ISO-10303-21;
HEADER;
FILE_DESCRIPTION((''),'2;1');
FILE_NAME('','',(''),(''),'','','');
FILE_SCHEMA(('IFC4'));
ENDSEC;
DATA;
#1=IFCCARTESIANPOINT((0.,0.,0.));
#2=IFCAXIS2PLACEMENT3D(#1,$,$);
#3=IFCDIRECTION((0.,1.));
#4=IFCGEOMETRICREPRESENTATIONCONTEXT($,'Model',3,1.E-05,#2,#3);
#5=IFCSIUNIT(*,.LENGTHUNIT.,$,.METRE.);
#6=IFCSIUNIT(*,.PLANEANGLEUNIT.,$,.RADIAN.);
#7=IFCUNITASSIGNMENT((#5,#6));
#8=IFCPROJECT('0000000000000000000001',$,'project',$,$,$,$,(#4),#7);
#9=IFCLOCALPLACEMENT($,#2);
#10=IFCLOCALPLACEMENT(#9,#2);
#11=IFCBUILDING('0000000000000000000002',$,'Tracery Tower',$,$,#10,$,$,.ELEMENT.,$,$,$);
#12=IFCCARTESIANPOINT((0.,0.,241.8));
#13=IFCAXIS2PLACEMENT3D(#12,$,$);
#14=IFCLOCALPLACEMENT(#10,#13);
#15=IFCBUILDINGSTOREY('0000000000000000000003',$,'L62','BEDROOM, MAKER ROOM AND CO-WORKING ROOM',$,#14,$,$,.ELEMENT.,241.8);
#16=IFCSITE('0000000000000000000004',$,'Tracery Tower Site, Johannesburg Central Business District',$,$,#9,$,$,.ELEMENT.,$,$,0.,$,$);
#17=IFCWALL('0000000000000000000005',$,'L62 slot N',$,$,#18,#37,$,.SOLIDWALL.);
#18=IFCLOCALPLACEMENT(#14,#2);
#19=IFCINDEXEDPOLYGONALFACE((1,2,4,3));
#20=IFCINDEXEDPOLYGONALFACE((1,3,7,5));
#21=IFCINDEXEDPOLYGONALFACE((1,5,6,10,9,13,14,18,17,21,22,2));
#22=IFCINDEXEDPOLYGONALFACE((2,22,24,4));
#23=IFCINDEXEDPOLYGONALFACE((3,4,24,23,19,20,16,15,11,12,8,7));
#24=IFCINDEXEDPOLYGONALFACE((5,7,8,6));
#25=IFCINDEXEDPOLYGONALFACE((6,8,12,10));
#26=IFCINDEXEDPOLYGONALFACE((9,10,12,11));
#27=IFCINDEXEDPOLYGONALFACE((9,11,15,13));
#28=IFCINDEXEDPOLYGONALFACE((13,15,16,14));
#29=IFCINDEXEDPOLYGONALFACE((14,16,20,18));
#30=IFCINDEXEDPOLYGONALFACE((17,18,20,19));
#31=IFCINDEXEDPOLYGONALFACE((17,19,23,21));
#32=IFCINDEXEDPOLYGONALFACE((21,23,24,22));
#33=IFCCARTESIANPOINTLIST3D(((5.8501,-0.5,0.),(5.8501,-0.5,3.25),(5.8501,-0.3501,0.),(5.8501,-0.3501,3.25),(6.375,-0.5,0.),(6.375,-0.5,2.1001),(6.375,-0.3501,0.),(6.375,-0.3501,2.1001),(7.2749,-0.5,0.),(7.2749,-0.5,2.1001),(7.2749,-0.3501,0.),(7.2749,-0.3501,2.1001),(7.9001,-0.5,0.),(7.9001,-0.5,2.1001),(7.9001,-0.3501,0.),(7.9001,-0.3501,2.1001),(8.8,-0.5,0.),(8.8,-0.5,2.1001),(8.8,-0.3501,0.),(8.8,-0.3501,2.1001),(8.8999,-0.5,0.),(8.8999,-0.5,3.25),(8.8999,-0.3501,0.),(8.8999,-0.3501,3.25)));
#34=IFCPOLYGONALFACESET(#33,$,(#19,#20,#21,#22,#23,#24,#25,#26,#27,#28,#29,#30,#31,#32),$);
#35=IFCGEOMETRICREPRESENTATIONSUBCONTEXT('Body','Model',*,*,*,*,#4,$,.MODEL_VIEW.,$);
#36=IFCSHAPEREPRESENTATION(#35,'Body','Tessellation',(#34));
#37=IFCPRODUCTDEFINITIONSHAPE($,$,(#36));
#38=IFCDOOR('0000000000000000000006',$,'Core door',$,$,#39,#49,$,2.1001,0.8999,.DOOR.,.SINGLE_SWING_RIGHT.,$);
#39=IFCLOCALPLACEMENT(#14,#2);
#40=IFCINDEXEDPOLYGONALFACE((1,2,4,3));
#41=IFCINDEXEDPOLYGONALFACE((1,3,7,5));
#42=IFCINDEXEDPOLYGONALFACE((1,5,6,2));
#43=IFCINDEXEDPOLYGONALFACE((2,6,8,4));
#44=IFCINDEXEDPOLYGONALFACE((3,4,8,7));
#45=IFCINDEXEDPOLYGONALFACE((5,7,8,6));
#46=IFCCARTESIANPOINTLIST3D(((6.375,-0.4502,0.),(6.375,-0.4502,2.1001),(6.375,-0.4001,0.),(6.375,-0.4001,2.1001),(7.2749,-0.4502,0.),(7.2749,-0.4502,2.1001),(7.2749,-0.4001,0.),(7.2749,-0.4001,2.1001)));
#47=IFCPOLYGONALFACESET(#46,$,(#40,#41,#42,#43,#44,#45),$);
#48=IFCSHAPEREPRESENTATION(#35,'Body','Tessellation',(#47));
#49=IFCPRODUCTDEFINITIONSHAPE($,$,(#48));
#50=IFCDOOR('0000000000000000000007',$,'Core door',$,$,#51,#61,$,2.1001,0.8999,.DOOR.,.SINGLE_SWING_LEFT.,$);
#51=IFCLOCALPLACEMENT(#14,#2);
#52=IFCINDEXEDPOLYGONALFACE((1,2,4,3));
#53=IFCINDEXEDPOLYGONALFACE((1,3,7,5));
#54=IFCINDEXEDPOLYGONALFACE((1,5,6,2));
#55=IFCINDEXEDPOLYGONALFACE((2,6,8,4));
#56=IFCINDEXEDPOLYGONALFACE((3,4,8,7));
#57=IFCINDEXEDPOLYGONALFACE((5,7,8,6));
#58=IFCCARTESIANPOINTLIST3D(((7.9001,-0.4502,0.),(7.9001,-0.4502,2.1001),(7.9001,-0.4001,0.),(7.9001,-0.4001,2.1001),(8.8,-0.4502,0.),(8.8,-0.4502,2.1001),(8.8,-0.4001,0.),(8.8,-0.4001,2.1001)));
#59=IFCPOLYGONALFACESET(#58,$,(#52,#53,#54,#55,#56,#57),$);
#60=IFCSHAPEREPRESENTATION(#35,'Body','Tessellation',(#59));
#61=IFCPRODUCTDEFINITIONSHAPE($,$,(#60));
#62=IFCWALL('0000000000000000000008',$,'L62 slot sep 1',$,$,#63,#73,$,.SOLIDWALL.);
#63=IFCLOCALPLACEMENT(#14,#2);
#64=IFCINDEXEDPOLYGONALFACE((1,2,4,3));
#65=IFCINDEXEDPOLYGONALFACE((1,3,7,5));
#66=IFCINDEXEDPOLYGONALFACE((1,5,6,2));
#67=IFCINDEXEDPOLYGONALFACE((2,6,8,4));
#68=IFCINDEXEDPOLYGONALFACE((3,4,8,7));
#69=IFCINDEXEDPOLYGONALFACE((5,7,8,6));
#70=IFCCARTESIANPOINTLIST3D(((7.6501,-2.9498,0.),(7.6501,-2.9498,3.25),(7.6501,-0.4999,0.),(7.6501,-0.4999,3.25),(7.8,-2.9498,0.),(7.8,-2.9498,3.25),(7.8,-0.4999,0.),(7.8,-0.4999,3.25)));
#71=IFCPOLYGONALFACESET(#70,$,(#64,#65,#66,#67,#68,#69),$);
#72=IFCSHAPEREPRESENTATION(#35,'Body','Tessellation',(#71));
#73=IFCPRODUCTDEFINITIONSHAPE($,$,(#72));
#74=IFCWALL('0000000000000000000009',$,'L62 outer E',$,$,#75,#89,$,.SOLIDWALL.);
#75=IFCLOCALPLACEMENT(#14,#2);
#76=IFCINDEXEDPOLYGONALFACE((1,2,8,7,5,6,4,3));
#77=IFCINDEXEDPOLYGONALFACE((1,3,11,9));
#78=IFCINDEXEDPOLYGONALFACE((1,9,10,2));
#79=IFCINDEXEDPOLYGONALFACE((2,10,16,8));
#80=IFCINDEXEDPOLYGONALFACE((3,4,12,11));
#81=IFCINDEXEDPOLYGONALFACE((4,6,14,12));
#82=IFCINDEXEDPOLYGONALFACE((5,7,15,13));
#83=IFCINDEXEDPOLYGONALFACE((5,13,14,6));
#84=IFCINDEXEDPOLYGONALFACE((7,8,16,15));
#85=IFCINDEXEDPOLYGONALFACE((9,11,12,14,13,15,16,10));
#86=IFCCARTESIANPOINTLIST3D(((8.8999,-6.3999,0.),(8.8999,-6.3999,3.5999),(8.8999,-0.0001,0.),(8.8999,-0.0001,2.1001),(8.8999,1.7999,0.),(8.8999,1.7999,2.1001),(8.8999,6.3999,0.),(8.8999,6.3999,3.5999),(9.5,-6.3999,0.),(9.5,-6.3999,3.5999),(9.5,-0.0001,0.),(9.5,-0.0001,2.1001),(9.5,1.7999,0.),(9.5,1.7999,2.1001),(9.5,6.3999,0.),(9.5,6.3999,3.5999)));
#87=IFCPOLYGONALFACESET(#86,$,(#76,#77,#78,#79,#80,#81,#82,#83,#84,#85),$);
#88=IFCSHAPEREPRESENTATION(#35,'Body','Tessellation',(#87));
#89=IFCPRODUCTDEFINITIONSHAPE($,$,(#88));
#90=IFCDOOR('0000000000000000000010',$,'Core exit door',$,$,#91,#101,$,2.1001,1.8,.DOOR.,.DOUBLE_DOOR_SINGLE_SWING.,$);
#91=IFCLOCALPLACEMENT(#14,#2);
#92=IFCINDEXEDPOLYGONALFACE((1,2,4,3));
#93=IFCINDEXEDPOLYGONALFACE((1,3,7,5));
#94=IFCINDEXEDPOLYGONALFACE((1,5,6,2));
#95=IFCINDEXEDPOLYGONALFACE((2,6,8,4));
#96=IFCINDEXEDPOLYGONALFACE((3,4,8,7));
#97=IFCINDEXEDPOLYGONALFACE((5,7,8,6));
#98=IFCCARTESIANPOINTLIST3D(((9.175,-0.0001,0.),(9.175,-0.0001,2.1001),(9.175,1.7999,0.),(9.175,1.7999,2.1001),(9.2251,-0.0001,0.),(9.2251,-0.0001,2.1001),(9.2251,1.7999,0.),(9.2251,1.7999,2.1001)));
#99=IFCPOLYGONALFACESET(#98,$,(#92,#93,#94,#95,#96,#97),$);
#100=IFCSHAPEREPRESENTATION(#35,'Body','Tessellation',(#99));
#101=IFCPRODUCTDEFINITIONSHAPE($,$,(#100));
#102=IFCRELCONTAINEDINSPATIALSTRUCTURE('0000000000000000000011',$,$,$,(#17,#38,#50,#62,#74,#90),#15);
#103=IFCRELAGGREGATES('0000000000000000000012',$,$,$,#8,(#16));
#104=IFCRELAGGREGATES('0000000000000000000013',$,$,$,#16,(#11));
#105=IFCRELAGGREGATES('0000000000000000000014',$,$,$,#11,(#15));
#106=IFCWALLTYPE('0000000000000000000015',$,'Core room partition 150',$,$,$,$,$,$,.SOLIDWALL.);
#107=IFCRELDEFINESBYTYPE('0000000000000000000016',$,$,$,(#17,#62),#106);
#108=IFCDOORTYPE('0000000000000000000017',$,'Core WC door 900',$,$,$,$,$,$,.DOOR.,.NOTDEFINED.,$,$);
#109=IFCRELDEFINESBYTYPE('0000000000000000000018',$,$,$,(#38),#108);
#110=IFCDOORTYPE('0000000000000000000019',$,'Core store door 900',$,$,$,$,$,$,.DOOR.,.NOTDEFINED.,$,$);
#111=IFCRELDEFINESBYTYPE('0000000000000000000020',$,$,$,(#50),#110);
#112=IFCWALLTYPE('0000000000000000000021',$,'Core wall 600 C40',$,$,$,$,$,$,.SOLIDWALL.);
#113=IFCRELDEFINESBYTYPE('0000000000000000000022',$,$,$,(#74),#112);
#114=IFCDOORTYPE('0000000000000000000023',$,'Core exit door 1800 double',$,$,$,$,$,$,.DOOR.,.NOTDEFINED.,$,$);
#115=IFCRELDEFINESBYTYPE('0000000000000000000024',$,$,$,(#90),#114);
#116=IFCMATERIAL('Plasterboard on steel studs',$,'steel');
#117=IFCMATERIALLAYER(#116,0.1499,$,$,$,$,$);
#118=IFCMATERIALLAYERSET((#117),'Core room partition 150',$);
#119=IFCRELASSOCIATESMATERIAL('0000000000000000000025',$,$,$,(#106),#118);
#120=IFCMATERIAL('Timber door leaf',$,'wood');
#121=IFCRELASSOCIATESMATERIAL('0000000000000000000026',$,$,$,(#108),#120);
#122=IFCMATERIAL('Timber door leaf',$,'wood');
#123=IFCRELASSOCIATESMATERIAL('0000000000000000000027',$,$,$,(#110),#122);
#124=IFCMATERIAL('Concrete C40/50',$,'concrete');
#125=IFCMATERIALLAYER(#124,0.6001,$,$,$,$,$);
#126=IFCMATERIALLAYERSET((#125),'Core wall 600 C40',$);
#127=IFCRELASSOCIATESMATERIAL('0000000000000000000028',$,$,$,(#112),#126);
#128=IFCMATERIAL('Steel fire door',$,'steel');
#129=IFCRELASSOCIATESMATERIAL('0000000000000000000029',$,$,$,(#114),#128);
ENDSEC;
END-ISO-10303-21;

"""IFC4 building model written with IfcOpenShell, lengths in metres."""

from ifc_helpers import new_model, si_unit, direction, frame, frame_2d, origin, place, context, subcontext, project, spatial, rectangle, extrude, material, layer, layer_set, type_object, element, fill, save


model = new_model("IFC4")

# Units and contexts
model_context = context("Model", 3, precision=1e-05, world=origin(), true_north=direction((0.0, 1.0)))
body_context = subcontext(model_context, "Body", "Model", "MODEL_VIEW")
ifc_project = project(units=[si_unit("LENGTHUNIT", "METRE"), si_unit("PLANEANGLEUNIT", "RADIAN")], contexts=[model_context])

# Site, building, storey
site_placement = place(None, origin())
site = spatial("IfcSite", under=ifc_project, at=site_placement, Name="Tracery Tower Site, Johannesburg Central Business District", CompositionType="ELEMENT", RefElevation=0.0)
building_placement = place(site_placement, origin())
building = spatial("IfcBuilding", under=site, at=building_placement, Name="Tracery Tower", CompositionType="ELEMENT")
storey_placement = place(building_placement, frame((0.0, 0.0, 241.8)))
storey = spatial("IfcBuildingStorey", under=building, at=storey_placement, Name="L62", Description="BEDROOM, MAKER ROOM AND CO-WORKING ROOM", CompositionType="ELEMENT", Elevation=241.8)

# Shared definitions
ifc_material_1 = material(Name="Plasterboard on steel studs", Category="steel")
ifc_layer_1 = layer(ifc_material_1, 0.1499)
ifc_layer_set_1 = layer_set([ifc_layer_1], Name="Core room partition 150")
wall_type_1 = type_object("IfcWallType", Name="Core room partition 150", PredefinedType="SOLIDWALL", material=ifc_layer_set_1)

# Wall, openings, doors
wall_1_placement = place(storey_placement, frame((5.8501, -0.425, 0.0), z_axis=(0.0, 0.0, 1.0), x_axis=(1.0, 0.0, 0.0)))
wall_1 = element("IfcWall", 1, at=wall_1_placement, inside=storey, type_object=wall_type_1, Name="L62 slot N", PredefinedType="SOLIDWALL", context=body_context, shape_type="SweptSolid", body=[
    extrude(rectangle(XDim=3.0498, YDim=0.1499, at=frame_2d((1.5249, 0.0))), origin(), (0.0, 0.0, 1.0), 3.25),
])
opening_1_placement = place(wall_1_placement, frame((0.5249, 0.0, 0.0)))
opening_1 = element("IfcOpeningElement", 2, at=opening_1_placement, cuts=wall_1, PredefinedType="OPENING", context=body_context, shape_type="SweptSolid", body=[
    extrude(rectangle(XDim=0.8999, YDim=2.1001, at=frame_2d((0.45, 1.05))), frame((0.0, 0.075, 0.0), z_axis=(0.0, -1.0, 0.0), x_axis=(1.0, 0.0, 0.0)), (0.0, 0.0, 1.0), 0.1499),
])
opening_2_placement = place(wall_1_placement, frame((2.05, 0.0, 0.0)))
opening_2 = element("IfcOpeningElement", 3, at=opening_2_placement, cuts=wall_1, PredefinedType="OPENING", context=body_context, shape_type="SweptSolid", body=[
    extrude(rectangle(XDim=0.8999, YDim=2.1001, at=frame_2d((0.45, 1.05))), frame((0.0, 0.075, 0.0), z_axis=(0.0, -1.0, 0.0), x_axis=(1.0, 0.0, 0.0)), (0.0, 0.0, 1.0), 0.1499),
])
ifc_material_2 = material(Name="Timber door leaf", Category="wood")
door_type_1 = type_object("IfcDoorType", Name="Core WC door 900", OperationType="NOTDEFINED", PredefinedType="DOOR", material=ifc_material_2)
door_1_placement = place(opening_1_placement, origin())
door_1 = element("IfcDoor", 4, at=door_1_placement, inside=storey, type_object=door_type_1, Name="Core door", OperationType="SINGLE_SWING_RIGHT", OverallHeight=2.1001, OverallWidth=0.8999, PredefinedType="DOOR", context=body_context, shape_type="SweptSolid", body=[
    extrude(rectangle(XDim=0.8999, YDim=2.1001, at=frame_2d((0.45, 1.05))), frame((0.0, 0.0249, 0.0), z_axis=(0.0, -1.0, 0.0), x_axis=(1.0, 0.0, 0.0)), (0.0, 0.0, 1.0), 0.05),
])
fill(opening_1, door_1)
ifc_material_3 = material(Name="Timber door leaf", Category="wood")
door_type_2 = type_object("IfcDoorType", Name="Core store door 900", OperationType="NOTDEFINED", PredefinedType="DOOR", material=ifc_material_3)
door_2_placement = place(opening_2_placement, origin())
door_2 = element("IfcDoor", 5, at=door_2_placement, inside=storey, type_object=door_type_2, Name="Core door", OperationType="SINGLE_SWING_LEFT", OverallHeight=2.1001, OverallWidth=0.8999, PredefinedType="DOOR", context=body_context, shape_type="SweptSolid", body=[
    extrude(rectangle(XDim=0.8999, YDim=2.1001, at=frame_2d((0.45, 1.05))), frame((0.0, 0.0249, 0.0), z_axis=(0.0, -1.0, 0.0), x_axis=(1.0, 0.0, 0.0)), (0.0, 0.0, 1.0), 0.05),
])
fill(opening_2, door_2)

# Wall
wall_2_placement = place(storey_placement, frame((7.7251, -2.95, 0.0), z_axis=(0.0, 0.0, 1.0), x_axis=(0.0, 1.0, 0.0)))
element("IfcWall", 6, at=wall_2_placement, inside=storey, type_object=wall_type_1, Name="L62 slot sep 1", PredefinedType="SOLIDWALL", context=body_context, shape_type="SweptSolid", body=[
    extrude(rectangle(XDim=2.45, YDim=0.1499, at=frame_2d((1.2251, 0.0))), origin(), (0.0, 0.0, 1.0), 3.25),
])

# Wall, opening, door
ifc_material_4 = material(Name="Concrete C40/50", Category="concrete")
ifc_layer_2 = layer(ifc_material_4, 0.6001)
ifc_layer_set_2 = layer_set([ifc_layer_2], Name="Core wall 600 C40")
wall_type_2 = type_object("IfcWallType", Name="Core wall 600 C40", PredefinedType="SOLIDWALL", material=ifc_layer_set_2)
wall_3_placement = place(storey_placement, frame((9.2, -6.3999, 0.0), z_axis=(0.0, 0.0, 1.0), x_axis=(0.0, 1.0, 0.0)))
wall_3 = element("IfcWall", 7, at=wall_3_placement, inside=storey, type_object=wall_type_2, Name="L62 outer E", PredefinedType="SOLIDWALL", context=body_context, shape_type="SweptSolid", body=[
    extrude(rectangle(XDim=12.7998, YDim=0.6001, at=frame_2d((6.3999, 0.0))), origin(), (0.0, 0.0, 1.0), 3.5999),
])
opening_3_placement = place(wall_3_placement, frame((6.3999, 0.0, 0.0)))
opening_3 = element("IfcOpeningElement", 8, at=opening_3_placement, cuts=wall_3, PredefinedType="OPENING", context=body_context, shape_type="SweptSolid", body=[
    extrude(rectangle(XDim=1.8, YDim=2.1001, at=frame_2d((0.8999, 1.05))), frame((0.0, 0.3, 0.0), z_axis=(0.0, -1.0, 0.0), x_axis=(1.0, 0.0, 0.0)), (0.0, 0.0, 1.0), 0.6001),
])
ifc_material_5 = material(Name="Steel fire door", Category="steel")
door_type_3 = type_object("IfcDoorType", Name="Core exit door 1800 double", OperationType="NOTDEFINED", PredefinedType="DOOR", material=ifc_material_5)
door_3_placement = place(opening_3_placement, origin())
door_3 = element("IfcDoor", 9, at=door_3_placement, inside=storey, type_object=door_type_3, Name="Core exit door", OperationType="DOUBLE_DOOR_SINGLE_SWING", OverallHeight=2.1001, OverallWidth=1.8, PredefinedType="DOOR", context=body_context, shape_type="SweptSolid", body=[
    extrude(rectangle(XDim=1.8, YDim=2.1001, at=frame_2d((0.8999, 1.05))), frame((0.0, 0.0249, 0.0), z_axis=(0.0, -1.0, 0.0), x_axis=(1.0, 0.0, 0.0)), (0.0, 0.0, 1.0), 0.05),
])
fill(opening_3, door_3)

save(model, "model.ifc")
